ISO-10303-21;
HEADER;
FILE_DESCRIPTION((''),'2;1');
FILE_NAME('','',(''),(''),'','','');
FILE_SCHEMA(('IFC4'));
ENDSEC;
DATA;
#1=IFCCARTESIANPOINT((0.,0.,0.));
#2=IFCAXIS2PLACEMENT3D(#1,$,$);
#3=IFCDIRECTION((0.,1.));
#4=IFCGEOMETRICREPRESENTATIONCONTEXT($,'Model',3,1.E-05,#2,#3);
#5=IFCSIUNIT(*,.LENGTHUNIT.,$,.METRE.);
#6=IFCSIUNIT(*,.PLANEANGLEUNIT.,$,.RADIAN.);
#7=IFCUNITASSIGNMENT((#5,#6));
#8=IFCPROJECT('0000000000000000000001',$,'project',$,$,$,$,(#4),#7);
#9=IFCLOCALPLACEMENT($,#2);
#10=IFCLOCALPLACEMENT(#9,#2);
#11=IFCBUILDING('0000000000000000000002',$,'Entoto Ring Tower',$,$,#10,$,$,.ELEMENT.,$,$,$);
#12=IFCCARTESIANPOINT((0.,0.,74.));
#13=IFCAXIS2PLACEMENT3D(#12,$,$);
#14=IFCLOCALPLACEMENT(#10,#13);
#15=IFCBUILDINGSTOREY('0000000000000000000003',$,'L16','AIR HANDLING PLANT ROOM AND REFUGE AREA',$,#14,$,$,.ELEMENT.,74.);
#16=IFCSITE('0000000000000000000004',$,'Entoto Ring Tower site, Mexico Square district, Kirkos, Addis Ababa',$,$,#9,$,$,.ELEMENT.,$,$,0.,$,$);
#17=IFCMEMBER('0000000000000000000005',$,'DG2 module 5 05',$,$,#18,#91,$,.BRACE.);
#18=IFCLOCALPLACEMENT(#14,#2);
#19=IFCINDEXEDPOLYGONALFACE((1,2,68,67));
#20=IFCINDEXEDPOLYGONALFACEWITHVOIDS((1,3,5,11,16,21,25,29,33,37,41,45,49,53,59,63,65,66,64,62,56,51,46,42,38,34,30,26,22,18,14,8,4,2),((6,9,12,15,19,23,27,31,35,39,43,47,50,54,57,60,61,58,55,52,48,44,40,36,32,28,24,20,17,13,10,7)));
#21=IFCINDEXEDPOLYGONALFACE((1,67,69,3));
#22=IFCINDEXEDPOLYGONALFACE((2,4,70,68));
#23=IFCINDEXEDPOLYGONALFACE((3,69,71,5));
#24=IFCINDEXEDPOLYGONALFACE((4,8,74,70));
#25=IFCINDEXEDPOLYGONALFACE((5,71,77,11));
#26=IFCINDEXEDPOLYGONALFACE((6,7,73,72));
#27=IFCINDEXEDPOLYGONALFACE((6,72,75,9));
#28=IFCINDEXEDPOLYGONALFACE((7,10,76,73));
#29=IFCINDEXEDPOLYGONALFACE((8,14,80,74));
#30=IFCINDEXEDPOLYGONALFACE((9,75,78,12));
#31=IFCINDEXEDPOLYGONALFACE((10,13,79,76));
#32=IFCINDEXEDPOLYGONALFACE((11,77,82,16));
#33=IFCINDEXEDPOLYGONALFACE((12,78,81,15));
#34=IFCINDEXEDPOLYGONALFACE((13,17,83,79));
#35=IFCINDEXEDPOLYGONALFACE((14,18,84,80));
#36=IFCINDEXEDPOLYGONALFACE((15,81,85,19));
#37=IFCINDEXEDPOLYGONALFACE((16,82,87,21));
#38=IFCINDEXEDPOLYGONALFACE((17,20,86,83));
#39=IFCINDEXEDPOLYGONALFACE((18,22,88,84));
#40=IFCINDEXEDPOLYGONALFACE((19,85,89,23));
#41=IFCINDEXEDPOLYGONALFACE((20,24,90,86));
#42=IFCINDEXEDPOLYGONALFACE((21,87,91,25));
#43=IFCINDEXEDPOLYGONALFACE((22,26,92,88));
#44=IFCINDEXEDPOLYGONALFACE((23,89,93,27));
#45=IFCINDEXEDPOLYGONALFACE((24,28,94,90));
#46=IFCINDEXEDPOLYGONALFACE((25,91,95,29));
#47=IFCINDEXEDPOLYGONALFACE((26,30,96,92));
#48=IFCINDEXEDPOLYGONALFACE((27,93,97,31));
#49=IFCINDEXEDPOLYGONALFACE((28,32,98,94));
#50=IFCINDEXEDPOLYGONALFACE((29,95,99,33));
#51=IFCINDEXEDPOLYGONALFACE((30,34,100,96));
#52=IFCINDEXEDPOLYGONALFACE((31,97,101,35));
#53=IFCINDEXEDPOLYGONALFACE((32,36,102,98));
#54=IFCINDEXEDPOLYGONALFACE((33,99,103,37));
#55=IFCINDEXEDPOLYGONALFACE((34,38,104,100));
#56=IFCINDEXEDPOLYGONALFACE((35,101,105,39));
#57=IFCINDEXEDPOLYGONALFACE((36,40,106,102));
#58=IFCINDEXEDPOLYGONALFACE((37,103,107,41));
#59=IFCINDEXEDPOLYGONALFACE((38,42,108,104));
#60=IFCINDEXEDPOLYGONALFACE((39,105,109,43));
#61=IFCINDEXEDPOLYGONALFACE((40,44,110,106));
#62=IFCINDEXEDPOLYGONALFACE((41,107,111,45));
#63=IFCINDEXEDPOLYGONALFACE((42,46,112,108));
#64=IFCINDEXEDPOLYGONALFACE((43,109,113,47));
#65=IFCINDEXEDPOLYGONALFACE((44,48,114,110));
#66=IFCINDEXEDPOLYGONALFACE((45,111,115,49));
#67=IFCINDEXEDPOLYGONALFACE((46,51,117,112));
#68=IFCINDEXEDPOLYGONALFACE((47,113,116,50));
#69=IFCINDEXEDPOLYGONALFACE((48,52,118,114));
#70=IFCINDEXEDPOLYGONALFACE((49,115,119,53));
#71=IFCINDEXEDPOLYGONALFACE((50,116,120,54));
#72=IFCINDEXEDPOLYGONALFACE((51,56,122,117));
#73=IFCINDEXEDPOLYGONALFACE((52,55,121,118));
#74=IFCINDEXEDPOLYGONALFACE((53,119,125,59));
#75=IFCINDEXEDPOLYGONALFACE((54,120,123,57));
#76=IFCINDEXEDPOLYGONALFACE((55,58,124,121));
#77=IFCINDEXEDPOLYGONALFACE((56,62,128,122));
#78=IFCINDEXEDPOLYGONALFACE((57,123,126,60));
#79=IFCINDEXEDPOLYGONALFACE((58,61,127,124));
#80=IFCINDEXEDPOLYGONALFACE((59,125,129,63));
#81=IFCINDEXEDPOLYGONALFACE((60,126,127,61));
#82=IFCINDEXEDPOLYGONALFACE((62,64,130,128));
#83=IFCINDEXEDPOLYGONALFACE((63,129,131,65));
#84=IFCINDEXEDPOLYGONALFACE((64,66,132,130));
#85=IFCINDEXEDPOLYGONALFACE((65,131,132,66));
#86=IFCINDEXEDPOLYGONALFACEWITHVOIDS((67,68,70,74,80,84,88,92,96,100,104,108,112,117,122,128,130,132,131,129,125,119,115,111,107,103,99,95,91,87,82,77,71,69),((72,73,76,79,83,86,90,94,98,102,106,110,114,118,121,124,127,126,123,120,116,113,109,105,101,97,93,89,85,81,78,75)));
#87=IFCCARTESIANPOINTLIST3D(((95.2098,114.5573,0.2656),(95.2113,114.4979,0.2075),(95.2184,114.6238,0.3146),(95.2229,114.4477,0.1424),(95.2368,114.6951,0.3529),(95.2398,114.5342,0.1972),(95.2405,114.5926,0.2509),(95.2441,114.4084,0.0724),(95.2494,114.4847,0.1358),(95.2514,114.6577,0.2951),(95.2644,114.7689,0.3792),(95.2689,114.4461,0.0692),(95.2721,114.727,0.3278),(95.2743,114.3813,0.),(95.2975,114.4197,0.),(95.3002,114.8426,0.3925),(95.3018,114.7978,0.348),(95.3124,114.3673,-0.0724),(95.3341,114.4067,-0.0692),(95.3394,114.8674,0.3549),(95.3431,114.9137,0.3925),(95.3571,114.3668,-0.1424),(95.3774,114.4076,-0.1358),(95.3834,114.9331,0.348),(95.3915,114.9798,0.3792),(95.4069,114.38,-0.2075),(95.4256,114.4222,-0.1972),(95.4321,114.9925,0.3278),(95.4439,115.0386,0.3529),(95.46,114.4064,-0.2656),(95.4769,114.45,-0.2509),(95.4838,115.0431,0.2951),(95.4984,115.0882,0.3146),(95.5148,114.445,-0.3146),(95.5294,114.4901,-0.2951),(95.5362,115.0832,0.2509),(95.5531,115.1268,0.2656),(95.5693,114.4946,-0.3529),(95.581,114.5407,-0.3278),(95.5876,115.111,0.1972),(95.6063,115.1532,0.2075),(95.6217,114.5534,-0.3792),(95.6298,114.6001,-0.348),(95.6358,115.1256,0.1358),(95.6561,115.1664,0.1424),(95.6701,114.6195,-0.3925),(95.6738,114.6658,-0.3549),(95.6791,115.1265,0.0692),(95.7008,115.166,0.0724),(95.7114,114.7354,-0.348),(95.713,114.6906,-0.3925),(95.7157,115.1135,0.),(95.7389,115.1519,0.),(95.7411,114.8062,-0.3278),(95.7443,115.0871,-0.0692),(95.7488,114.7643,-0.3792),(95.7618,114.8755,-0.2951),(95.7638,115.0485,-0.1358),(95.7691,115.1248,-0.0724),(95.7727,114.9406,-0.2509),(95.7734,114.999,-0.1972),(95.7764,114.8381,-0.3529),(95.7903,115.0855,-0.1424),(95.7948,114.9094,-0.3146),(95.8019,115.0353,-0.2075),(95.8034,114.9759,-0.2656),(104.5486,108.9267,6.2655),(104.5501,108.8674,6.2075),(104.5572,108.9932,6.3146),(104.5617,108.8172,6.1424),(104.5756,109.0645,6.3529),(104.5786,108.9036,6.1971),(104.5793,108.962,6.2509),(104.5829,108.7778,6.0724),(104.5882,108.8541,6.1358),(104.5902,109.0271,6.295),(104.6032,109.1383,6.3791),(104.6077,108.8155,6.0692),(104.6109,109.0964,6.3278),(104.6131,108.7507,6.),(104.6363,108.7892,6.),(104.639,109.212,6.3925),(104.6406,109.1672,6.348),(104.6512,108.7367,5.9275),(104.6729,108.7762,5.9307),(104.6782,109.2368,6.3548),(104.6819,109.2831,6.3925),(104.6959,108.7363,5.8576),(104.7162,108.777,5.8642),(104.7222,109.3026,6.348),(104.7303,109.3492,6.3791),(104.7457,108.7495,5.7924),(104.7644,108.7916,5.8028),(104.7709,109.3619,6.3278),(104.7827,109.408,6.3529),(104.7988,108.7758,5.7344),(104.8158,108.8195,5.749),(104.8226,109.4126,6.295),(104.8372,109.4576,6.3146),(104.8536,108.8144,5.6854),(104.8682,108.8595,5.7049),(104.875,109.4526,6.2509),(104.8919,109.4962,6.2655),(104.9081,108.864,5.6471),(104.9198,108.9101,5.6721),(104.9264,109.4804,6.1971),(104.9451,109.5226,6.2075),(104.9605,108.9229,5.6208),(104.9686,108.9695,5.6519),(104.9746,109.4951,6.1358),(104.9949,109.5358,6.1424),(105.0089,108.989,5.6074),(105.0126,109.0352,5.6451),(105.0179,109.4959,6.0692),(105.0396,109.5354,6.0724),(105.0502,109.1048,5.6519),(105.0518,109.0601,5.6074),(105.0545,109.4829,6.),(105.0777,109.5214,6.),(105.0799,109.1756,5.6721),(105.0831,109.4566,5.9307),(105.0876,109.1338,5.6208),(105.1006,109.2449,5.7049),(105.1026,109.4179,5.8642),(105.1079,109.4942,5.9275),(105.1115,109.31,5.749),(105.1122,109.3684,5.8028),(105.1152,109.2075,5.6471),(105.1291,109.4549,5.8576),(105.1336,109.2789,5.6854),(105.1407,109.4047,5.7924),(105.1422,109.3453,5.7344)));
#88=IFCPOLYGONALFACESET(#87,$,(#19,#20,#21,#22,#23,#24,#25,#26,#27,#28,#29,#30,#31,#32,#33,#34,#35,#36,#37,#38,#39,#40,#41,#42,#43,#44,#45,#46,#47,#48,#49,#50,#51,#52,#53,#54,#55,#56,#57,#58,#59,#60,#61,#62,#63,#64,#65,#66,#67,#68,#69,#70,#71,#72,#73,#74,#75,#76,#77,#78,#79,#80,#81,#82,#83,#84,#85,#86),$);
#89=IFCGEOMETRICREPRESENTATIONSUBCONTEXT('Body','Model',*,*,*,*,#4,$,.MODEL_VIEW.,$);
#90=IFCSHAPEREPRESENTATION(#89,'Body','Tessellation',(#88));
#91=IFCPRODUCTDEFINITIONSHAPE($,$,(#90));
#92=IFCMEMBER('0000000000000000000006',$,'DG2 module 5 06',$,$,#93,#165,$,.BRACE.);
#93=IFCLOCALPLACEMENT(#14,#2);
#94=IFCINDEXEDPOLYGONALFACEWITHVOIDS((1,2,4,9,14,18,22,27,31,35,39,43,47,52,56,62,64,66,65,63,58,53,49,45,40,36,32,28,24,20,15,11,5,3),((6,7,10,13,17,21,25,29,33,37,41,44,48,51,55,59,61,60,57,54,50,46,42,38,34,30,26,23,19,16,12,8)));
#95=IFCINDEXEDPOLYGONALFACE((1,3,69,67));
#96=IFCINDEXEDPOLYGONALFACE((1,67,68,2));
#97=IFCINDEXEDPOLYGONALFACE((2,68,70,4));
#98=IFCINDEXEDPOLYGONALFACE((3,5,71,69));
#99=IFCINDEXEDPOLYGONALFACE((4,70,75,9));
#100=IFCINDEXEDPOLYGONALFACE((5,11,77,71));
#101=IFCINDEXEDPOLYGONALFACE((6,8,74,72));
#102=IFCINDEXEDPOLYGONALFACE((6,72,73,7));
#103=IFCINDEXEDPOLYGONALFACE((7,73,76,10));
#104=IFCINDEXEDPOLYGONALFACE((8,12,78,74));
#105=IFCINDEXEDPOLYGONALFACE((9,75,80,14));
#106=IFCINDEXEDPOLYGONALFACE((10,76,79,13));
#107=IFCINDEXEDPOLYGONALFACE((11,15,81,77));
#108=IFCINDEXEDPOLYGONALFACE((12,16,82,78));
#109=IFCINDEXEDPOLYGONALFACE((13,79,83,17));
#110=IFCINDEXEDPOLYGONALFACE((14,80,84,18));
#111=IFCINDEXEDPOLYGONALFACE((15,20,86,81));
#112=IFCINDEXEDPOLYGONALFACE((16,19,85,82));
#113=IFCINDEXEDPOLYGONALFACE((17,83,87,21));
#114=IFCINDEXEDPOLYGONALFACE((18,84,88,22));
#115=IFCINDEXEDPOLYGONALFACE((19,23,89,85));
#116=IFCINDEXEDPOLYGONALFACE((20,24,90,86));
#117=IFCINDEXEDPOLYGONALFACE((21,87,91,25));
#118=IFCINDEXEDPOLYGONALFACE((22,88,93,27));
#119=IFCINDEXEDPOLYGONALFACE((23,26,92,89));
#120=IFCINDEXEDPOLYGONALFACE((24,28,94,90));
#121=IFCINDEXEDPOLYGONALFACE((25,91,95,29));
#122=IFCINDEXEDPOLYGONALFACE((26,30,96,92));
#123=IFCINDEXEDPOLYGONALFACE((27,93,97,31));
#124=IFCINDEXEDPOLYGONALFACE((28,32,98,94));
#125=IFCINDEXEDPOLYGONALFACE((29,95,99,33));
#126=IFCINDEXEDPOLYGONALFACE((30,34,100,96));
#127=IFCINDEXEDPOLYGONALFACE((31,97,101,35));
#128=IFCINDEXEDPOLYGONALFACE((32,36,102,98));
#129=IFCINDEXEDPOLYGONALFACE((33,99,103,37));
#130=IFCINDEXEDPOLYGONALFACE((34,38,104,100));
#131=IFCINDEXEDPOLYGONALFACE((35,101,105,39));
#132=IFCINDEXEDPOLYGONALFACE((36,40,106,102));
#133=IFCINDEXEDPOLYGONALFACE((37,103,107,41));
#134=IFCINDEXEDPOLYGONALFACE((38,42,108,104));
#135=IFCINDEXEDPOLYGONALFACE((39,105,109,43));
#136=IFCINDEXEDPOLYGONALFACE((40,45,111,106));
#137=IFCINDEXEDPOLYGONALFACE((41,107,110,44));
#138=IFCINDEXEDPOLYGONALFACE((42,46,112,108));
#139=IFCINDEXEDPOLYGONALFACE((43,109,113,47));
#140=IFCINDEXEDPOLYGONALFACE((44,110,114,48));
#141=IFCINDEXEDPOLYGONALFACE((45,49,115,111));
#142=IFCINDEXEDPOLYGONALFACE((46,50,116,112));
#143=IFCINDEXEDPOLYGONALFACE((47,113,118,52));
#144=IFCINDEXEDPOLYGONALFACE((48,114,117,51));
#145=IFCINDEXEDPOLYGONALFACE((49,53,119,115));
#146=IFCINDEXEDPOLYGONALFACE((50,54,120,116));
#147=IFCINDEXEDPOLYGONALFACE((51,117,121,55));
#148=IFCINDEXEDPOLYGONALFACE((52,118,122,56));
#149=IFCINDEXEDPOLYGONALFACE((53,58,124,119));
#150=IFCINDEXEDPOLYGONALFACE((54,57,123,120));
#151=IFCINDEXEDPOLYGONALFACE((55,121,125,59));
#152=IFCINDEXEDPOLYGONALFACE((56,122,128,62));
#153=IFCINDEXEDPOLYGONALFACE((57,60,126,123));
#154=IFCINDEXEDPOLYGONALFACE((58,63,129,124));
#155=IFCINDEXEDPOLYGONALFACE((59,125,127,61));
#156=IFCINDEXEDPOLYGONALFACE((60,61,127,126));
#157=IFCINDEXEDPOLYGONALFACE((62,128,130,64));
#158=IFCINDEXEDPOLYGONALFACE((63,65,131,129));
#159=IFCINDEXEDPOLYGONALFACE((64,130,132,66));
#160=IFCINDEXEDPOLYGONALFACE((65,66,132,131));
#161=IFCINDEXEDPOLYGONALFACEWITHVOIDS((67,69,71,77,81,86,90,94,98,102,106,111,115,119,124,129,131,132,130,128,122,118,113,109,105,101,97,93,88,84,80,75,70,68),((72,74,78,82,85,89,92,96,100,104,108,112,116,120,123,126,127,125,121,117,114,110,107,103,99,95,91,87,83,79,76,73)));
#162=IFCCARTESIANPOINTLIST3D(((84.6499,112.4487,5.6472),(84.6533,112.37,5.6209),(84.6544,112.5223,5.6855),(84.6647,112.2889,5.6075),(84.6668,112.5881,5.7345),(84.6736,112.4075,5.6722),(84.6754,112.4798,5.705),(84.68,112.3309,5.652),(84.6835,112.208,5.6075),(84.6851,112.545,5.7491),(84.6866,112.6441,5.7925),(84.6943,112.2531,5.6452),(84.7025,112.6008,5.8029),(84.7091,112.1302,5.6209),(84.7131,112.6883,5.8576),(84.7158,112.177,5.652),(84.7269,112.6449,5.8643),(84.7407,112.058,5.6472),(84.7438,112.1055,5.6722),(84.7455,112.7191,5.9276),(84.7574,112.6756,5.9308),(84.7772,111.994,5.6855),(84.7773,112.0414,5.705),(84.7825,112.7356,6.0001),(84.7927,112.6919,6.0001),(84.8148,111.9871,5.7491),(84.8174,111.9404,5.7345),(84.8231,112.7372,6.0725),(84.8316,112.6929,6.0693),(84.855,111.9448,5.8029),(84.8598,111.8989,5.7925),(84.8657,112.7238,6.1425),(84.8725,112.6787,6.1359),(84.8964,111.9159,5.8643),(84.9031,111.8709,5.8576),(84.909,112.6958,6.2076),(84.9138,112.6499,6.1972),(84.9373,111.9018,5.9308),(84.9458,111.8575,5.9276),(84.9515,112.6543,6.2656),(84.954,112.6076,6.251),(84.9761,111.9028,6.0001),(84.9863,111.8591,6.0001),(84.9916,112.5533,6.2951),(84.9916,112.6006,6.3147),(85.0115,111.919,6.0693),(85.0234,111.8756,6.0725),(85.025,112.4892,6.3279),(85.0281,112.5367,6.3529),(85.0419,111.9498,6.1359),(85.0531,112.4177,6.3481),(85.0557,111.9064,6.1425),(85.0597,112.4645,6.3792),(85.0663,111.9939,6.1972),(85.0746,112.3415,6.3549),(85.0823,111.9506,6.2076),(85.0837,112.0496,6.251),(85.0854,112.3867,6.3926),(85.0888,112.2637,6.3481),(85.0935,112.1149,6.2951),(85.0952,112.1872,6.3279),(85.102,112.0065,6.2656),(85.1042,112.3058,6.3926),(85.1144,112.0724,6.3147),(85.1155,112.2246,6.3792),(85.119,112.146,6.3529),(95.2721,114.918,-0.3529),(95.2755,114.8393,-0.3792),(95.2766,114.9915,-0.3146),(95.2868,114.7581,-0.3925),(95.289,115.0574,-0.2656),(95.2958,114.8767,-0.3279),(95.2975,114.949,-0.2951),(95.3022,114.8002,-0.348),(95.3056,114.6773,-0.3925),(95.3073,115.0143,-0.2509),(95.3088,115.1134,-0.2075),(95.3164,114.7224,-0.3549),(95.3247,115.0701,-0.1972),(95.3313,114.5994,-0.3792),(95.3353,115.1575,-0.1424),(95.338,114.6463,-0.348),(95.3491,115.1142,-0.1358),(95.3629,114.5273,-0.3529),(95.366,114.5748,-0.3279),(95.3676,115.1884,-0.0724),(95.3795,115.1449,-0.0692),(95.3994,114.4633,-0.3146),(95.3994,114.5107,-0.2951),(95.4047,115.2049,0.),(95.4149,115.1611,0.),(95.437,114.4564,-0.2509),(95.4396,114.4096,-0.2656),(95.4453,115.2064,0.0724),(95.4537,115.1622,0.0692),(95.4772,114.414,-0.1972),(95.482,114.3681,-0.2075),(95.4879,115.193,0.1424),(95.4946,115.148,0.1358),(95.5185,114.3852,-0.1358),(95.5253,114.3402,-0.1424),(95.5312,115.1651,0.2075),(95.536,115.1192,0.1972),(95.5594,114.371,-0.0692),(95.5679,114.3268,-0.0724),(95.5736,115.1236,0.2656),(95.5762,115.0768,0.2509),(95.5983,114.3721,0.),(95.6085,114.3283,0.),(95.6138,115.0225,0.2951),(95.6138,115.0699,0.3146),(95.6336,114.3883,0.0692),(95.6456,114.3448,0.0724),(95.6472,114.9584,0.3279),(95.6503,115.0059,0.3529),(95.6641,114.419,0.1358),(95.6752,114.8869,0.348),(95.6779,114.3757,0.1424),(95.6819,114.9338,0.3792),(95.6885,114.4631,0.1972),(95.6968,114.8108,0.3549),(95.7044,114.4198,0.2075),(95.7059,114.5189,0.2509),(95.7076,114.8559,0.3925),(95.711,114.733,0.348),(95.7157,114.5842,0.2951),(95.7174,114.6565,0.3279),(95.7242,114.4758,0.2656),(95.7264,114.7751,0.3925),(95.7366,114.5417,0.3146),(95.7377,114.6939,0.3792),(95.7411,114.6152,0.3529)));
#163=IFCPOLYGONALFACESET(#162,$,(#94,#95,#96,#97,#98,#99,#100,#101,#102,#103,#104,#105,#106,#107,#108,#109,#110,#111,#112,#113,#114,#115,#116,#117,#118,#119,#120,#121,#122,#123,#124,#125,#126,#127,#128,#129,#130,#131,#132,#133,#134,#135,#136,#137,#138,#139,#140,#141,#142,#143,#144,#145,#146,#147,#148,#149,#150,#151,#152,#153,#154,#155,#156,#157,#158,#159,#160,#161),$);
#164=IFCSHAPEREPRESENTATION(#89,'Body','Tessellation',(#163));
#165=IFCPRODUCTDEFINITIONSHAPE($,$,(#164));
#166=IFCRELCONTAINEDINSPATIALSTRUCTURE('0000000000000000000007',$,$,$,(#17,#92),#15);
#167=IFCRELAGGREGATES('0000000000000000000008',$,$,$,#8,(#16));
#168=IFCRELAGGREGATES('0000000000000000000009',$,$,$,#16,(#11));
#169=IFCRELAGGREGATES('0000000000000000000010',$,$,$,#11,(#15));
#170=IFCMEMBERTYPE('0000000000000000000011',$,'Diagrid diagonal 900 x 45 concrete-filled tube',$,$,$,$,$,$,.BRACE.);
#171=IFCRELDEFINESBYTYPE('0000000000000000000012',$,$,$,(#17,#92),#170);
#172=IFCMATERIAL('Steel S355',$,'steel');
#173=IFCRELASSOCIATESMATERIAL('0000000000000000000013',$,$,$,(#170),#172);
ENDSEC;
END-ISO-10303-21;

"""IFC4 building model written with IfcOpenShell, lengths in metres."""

from ifc_helpers import new_model, si_unit, direction, frame, origin, origin_2d, place, context, subcontext, project, spatial, circle, hollow_circle, extrude, material, material_profile, profile_set, type_object, element, save


model = new_model("IFC4")

# Units and contexts
model_context = context("Model", 3, precision=1e-05, world=origin(), true_north=direction((0.0, 1.0)))
body_context = subcontext(model_context, "Body", "Model", "MODEL_VIEW")
ifc_project = project(units=[si_unit("LENGTHUNIT", "METRE"), si_unit("PLANEANGLEUNIT", "RADIAN")], contexts=[model_context])

# Site, building, storey
site_placement = place(None, origin())
site = spatial("IfcSite", under=ifc_project, at=site_placement, Name="Entoto Ring Tower site, Mexico Square district, Kirkos, Addis Ababa", CompositionType="ELEMENT", RefElevation=0.0)
building_placement = place(site_placement, origin())
building = spatial("IfcBuilding", under=site, at=building_placement, Name="Entoto Ring Tower", CompositionType="ELEMENT")
storey_placement = place(building_placement, frame((0.0, 0.0, 74.0)))
storey = spatial("IfcBuildingStorey", under=building, at=storey_placement, Name="L16", Description="AIR HANDLING PLANT ROOM AND REFUGE AREA", CompositionType="ELEMENT", Elevation=74.0)

# Members
ifc_material_1 = material(Name="Steel S355", Category="steel")
ifc_material_profile_1 = material_profile(ifc_material_1, hollow_circle(Radius=0.45, WallThickness=0.0449, at=origin_2d()), Name="CHS 900 x 45")
ifc_material_2 = material(Name="Concrete C60/75", Category="concrete")
ifc_material_profile_2 = material_profile(ifc_material_2, circle(Radius=0.405, at=origin_2d()), Name="Concrete C60/75 infill")
ifc_profile_set_1 = profile_set([ifc_material_profile_1, ifc_material_profile_2], Name="Steel S355")
member_type_1 = type_object("IfcMemberType", Name="Diagrid diagonal 900 x 45 concrete-filled tube", PredefinedType="BRACE", material=ifc_profile_set_1)
member_1_placement = place(storey_placement, frame((95.5066, 114.7666, 0.0), z_axis=(0.750314, -0.452381, 0.482059), x_axis=(0.516335, 0.856387, 0.0)))
element("IfcMember", 1, at=member_1_placement, inside=storey, type_object=member_type_1, Name="DG2 module 5 05", PredefinedType="BRACE", context=body_context, shape_type="SweptSolid", body=[
    extrude(hollow_circle(Radius=0.45, WallThickness=0.0449, at=origin_2d()), origin(), (0.0, 0.0, 1.0), 12.4465),
])
member_2_placement = place(storey_placement, frame((95.5066, 114.7666, 0.0), z_axis=(-0.85339, -0.198382, 0.482047), x_axis=(0.226426, -0.974028, 0.0)))
element("IfcMember", 2, at=member_2_placement, inside=storey, type_object=member_type_1, Name="DG2 module 5 06", PredefinedType="BRACE", context=body_context, shape_type="SweptSolid", body=[
    extrude(hollow_circle(Radius=0.45, WallThickness=0.0449, at=origin_2d()), origin(), (0.0, 0.0, 1.0), 12.447),
])

save(model, "model.ifc")
